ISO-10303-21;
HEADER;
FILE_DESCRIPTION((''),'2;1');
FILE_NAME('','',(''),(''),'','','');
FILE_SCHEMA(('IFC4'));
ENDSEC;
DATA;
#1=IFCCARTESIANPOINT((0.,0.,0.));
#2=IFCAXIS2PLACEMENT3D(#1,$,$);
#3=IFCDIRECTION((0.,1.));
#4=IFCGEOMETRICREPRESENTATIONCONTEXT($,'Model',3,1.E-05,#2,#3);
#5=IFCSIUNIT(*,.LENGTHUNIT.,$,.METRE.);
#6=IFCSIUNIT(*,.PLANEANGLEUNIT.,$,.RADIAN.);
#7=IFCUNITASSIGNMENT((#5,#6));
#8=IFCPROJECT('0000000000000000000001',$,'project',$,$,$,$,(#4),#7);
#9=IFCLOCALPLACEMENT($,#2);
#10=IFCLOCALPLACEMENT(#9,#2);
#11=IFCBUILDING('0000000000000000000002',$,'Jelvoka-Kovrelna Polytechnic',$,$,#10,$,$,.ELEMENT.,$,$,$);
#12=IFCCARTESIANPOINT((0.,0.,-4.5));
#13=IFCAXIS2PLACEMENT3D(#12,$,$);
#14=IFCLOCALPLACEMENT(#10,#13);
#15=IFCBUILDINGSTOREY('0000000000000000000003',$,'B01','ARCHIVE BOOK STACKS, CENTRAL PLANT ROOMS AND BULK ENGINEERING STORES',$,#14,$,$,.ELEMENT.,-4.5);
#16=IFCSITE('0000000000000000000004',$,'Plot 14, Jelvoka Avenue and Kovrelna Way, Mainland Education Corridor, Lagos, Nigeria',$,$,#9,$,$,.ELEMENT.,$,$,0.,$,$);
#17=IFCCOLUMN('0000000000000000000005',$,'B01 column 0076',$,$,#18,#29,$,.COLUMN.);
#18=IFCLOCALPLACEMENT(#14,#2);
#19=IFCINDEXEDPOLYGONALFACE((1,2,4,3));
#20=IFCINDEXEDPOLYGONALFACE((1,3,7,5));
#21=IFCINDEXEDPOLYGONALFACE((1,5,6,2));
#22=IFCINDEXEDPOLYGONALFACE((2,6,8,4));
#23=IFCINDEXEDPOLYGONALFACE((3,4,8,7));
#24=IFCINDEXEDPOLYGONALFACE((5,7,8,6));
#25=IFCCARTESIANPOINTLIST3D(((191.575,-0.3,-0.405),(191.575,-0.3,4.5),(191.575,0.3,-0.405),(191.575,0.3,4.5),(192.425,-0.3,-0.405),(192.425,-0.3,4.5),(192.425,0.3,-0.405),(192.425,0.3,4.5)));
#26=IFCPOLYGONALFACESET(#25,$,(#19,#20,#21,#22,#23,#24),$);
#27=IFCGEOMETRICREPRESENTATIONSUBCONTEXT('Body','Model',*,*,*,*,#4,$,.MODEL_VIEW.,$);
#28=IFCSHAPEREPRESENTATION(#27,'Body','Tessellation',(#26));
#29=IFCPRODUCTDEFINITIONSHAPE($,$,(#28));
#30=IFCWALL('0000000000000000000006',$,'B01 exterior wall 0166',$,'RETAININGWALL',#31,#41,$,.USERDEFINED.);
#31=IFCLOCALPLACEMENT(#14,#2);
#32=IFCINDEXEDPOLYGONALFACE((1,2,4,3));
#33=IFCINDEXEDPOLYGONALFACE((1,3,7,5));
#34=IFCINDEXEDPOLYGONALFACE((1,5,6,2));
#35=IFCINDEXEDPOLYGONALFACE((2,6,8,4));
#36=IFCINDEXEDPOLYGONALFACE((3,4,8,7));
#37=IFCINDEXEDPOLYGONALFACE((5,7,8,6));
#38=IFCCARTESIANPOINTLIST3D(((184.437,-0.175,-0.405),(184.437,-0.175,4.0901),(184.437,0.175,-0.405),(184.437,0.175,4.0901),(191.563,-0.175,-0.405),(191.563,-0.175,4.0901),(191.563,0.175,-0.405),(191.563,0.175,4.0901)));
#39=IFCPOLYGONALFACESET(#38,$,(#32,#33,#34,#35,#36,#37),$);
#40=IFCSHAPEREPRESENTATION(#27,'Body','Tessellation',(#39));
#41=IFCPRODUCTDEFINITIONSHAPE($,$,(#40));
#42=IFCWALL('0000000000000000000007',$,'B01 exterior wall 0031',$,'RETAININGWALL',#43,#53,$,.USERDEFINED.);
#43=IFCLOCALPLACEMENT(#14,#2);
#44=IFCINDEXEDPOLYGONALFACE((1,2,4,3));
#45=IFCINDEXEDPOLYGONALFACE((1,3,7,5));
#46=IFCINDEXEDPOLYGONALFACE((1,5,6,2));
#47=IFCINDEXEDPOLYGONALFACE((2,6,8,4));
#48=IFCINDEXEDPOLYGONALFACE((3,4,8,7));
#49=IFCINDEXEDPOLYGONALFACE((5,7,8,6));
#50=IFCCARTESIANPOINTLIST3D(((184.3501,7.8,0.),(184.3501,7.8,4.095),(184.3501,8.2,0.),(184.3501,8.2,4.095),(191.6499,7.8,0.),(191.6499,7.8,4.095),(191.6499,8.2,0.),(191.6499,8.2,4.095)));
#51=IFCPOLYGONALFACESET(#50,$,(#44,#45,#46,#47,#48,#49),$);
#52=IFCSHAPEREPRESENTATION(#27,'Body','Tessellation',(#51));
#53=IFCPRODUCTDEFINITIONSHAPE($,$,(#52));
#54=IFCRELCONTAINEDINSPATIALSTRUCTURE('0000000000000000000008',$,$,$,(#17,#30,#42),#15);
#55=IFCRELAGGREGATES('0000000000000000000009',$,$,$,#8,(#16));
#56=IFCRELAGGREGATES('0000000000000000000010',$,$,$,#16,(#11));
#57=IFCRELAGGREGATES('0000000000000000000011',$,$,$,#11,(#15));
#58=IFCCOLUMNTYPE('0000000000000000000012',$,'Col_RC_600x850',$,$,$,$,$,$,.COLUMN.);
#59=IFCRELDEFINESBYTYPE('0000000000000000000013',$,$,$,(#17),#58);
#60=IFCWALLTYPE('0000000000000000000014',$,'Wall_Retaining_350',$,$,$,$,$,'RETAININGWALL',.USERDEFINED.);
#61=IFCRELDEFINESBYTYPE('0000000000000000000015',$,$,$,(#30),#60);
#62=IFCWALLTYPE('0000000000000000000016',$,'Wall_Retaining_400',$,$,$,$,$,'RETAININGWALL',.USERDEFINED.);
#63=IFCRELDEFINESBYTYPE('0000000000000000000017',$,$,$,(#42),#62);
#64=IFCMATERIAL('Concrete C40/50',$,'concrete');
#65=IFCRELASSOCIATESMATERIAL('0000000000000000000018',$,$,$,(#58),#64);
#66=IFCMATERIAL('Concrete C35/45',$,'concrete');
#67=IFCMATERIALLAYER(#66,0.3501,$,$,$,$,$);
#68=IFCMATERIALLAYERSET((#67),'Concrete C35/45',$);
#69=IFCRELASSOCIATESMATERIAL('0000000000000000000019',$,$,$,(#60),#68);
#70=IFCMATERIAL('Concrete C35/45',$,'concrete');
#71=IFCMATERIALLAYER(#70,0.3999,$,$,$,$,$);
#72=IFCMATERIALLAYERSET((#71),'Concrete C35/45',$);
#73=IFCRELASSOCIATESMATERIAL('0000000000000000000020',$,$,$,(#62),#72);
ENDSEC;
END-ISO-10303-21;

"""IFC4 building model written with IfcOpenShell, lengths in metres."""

from ifc_helpers import new_model, si_unit, direction, frame, frame_2d, origin, origin_2d, place, context, subcontext, project, spatial, rectangle, extrude, material, layer, layer_set, material_profile, profile_set, type_object, element, save


model = new_model("IFC4")

# Units and contexts
model_context = context("Model", 3, precision=1e-05, world=origin(), true_north=direction((0.0, 1.0)))
body_context = subcontext(model_context, "Body", "Model", "MODEL_VIEW")
ifc_project = project(units=[si_unit("LENGTHUNIT", "METRE"), si_unit("PLANEANGLEUNIT", "RADIAN")], contexts=[model_context])

# Site, building, storey
site_placement = place(None, origin())
site = spatial("IfcSite", under=ifc_project, at=site_placement, Name="Plot 14, Jelvoka Avenue and Kovrelna Way, Mainland Education Corridor, Lagos, Nigeria", CompositionType="ELEMENT", RefElevation=0.0)
building_placement = place(site_placement, origin())
building = spatial("IfcBuilding", under=site, at=building_placement, Name="Jelvoka-Kovrelna Polytechnic", CompositionType="ELEMENT")
storey_placement = place(building_placement, frame((0.0, 0.0, -4.5)))
storey = spatial("IfcBuildingStorey", under=building, at=storey_placement, Name="B01", Description="ARCHIVE BOOK STACKS, CENTRAL PLANT ROOMS AND BULK ENGINEERING STORES", CompositionType="ELEMENT", Elevation=-4.5)

# Column
ifc_material_1 = material(Name="Concrete C40/50", Category="concrete")
ifc_material_profile_1 = material_profile(ifc_material_1, rectangle(XDim=0.6001, YDim=0.8501, at=origin_2d()), Name="RC 600x850")
ifc_profile_set_1 = profile_set([ifc_material_profile_1], Name="Concrete C40/50")
column_type_1 = type_object("IfcColumnType", Name="Col_RC_600x850", PredefinedType="COLUMN", material=ifc_profile_set_1)
column_1_placement = place(storey_placement, frame((192.0, 0.0, -0.405), z_axis=(0.0, 0.0, 1.0), x_axis=(0.0, 1.0, 0.0)))
element("IfcColumn", 1, at=column_1_placement, inside=storey, type_object=column_type_1, Name="B01 column 0076", PredefinedType="COLUMN", context=body_context, shape_type="SweptSolid", body=[
    extrude(rectangle(XDim=0.6001, YDim=0.8501, at=origin_2d()), origin(), (0.0, 0.0, 1.0), 4.905),
])

# Walls
ifc_material_2 = material(Name="Concrete C35/45", Category="concrete")
ifc_layer_1 = layer(ifc_material_2, 0.3501)
ifc_layer_set_1 = layer_set([ifc_layer_1], Name="Concrete C35/45")
wall_type_1 = type_object("IfcWallType", Name="Wall_Retaining_350", ElementType="RETAININGWALL", PredefinedType="USERDEFINED", material=ifc_layer_set_1)
wall_1_placement = place(storey_placement, frame((184.437, 0.0, -0.405), z_axis=(0.0, 0.0, 1.0), x_axis=(1.0, 0.0, 0.0)))
element("IfcWall", 2, at=wall_1_placement, inside=storey, type_object=wall_type_1, Name="B01 exterior wall 0166", ObjectType="RETAININGWALL", PredefinedType="USERDEFINED", context=body_context, shape_type="SweptSolid", body=[
    extrude(rectangle(XDim=7.126, YDim=0.3501, at=frame_2d((3.563, 0.0))), origin(), (0.0, 0.0, 1.0), 4.4951),
])
ifc_material_3 = material(Name="Concrete C35/45", Category="concrete")
ifc_layer_2 = layer(ifc_material_3, 0.3999)
ifc_layer_set_2 = layer_set([ifc_layer_2], Name="Concrete C35/45")
wall_type_2 = type_object("IfcWallType", Name="Wall_Retaining_400", ElementType="RETAININGWALL", PredefinedType="USERDEFINED", material=ifc_layer_set_2)
wall_2_placement = place(storey_placement, frame((191.6499, 8.0, 0.0), z_axis=(0.0, 0.0, 1.0), x_axis=(-1.0, 0.0, 0.0)))
element("IfcWall", 3, at=wall_2_placement, inside=storey, type_object=wall_type_2, Name="B01 exterior wall 0031", ObjectType="RETAININGWALL", PredefinedType="USERDEFINED", context=body_context, shape_type="SweptSolid", body=[
    extrude(rectangle(XDim=7.2998, YDim=0.3999, at=frame_2d((3.6499, 0.0))), origin(), (0.0, 0.0, 1.0), 4.095),
])

save(model, "model.ifc")
